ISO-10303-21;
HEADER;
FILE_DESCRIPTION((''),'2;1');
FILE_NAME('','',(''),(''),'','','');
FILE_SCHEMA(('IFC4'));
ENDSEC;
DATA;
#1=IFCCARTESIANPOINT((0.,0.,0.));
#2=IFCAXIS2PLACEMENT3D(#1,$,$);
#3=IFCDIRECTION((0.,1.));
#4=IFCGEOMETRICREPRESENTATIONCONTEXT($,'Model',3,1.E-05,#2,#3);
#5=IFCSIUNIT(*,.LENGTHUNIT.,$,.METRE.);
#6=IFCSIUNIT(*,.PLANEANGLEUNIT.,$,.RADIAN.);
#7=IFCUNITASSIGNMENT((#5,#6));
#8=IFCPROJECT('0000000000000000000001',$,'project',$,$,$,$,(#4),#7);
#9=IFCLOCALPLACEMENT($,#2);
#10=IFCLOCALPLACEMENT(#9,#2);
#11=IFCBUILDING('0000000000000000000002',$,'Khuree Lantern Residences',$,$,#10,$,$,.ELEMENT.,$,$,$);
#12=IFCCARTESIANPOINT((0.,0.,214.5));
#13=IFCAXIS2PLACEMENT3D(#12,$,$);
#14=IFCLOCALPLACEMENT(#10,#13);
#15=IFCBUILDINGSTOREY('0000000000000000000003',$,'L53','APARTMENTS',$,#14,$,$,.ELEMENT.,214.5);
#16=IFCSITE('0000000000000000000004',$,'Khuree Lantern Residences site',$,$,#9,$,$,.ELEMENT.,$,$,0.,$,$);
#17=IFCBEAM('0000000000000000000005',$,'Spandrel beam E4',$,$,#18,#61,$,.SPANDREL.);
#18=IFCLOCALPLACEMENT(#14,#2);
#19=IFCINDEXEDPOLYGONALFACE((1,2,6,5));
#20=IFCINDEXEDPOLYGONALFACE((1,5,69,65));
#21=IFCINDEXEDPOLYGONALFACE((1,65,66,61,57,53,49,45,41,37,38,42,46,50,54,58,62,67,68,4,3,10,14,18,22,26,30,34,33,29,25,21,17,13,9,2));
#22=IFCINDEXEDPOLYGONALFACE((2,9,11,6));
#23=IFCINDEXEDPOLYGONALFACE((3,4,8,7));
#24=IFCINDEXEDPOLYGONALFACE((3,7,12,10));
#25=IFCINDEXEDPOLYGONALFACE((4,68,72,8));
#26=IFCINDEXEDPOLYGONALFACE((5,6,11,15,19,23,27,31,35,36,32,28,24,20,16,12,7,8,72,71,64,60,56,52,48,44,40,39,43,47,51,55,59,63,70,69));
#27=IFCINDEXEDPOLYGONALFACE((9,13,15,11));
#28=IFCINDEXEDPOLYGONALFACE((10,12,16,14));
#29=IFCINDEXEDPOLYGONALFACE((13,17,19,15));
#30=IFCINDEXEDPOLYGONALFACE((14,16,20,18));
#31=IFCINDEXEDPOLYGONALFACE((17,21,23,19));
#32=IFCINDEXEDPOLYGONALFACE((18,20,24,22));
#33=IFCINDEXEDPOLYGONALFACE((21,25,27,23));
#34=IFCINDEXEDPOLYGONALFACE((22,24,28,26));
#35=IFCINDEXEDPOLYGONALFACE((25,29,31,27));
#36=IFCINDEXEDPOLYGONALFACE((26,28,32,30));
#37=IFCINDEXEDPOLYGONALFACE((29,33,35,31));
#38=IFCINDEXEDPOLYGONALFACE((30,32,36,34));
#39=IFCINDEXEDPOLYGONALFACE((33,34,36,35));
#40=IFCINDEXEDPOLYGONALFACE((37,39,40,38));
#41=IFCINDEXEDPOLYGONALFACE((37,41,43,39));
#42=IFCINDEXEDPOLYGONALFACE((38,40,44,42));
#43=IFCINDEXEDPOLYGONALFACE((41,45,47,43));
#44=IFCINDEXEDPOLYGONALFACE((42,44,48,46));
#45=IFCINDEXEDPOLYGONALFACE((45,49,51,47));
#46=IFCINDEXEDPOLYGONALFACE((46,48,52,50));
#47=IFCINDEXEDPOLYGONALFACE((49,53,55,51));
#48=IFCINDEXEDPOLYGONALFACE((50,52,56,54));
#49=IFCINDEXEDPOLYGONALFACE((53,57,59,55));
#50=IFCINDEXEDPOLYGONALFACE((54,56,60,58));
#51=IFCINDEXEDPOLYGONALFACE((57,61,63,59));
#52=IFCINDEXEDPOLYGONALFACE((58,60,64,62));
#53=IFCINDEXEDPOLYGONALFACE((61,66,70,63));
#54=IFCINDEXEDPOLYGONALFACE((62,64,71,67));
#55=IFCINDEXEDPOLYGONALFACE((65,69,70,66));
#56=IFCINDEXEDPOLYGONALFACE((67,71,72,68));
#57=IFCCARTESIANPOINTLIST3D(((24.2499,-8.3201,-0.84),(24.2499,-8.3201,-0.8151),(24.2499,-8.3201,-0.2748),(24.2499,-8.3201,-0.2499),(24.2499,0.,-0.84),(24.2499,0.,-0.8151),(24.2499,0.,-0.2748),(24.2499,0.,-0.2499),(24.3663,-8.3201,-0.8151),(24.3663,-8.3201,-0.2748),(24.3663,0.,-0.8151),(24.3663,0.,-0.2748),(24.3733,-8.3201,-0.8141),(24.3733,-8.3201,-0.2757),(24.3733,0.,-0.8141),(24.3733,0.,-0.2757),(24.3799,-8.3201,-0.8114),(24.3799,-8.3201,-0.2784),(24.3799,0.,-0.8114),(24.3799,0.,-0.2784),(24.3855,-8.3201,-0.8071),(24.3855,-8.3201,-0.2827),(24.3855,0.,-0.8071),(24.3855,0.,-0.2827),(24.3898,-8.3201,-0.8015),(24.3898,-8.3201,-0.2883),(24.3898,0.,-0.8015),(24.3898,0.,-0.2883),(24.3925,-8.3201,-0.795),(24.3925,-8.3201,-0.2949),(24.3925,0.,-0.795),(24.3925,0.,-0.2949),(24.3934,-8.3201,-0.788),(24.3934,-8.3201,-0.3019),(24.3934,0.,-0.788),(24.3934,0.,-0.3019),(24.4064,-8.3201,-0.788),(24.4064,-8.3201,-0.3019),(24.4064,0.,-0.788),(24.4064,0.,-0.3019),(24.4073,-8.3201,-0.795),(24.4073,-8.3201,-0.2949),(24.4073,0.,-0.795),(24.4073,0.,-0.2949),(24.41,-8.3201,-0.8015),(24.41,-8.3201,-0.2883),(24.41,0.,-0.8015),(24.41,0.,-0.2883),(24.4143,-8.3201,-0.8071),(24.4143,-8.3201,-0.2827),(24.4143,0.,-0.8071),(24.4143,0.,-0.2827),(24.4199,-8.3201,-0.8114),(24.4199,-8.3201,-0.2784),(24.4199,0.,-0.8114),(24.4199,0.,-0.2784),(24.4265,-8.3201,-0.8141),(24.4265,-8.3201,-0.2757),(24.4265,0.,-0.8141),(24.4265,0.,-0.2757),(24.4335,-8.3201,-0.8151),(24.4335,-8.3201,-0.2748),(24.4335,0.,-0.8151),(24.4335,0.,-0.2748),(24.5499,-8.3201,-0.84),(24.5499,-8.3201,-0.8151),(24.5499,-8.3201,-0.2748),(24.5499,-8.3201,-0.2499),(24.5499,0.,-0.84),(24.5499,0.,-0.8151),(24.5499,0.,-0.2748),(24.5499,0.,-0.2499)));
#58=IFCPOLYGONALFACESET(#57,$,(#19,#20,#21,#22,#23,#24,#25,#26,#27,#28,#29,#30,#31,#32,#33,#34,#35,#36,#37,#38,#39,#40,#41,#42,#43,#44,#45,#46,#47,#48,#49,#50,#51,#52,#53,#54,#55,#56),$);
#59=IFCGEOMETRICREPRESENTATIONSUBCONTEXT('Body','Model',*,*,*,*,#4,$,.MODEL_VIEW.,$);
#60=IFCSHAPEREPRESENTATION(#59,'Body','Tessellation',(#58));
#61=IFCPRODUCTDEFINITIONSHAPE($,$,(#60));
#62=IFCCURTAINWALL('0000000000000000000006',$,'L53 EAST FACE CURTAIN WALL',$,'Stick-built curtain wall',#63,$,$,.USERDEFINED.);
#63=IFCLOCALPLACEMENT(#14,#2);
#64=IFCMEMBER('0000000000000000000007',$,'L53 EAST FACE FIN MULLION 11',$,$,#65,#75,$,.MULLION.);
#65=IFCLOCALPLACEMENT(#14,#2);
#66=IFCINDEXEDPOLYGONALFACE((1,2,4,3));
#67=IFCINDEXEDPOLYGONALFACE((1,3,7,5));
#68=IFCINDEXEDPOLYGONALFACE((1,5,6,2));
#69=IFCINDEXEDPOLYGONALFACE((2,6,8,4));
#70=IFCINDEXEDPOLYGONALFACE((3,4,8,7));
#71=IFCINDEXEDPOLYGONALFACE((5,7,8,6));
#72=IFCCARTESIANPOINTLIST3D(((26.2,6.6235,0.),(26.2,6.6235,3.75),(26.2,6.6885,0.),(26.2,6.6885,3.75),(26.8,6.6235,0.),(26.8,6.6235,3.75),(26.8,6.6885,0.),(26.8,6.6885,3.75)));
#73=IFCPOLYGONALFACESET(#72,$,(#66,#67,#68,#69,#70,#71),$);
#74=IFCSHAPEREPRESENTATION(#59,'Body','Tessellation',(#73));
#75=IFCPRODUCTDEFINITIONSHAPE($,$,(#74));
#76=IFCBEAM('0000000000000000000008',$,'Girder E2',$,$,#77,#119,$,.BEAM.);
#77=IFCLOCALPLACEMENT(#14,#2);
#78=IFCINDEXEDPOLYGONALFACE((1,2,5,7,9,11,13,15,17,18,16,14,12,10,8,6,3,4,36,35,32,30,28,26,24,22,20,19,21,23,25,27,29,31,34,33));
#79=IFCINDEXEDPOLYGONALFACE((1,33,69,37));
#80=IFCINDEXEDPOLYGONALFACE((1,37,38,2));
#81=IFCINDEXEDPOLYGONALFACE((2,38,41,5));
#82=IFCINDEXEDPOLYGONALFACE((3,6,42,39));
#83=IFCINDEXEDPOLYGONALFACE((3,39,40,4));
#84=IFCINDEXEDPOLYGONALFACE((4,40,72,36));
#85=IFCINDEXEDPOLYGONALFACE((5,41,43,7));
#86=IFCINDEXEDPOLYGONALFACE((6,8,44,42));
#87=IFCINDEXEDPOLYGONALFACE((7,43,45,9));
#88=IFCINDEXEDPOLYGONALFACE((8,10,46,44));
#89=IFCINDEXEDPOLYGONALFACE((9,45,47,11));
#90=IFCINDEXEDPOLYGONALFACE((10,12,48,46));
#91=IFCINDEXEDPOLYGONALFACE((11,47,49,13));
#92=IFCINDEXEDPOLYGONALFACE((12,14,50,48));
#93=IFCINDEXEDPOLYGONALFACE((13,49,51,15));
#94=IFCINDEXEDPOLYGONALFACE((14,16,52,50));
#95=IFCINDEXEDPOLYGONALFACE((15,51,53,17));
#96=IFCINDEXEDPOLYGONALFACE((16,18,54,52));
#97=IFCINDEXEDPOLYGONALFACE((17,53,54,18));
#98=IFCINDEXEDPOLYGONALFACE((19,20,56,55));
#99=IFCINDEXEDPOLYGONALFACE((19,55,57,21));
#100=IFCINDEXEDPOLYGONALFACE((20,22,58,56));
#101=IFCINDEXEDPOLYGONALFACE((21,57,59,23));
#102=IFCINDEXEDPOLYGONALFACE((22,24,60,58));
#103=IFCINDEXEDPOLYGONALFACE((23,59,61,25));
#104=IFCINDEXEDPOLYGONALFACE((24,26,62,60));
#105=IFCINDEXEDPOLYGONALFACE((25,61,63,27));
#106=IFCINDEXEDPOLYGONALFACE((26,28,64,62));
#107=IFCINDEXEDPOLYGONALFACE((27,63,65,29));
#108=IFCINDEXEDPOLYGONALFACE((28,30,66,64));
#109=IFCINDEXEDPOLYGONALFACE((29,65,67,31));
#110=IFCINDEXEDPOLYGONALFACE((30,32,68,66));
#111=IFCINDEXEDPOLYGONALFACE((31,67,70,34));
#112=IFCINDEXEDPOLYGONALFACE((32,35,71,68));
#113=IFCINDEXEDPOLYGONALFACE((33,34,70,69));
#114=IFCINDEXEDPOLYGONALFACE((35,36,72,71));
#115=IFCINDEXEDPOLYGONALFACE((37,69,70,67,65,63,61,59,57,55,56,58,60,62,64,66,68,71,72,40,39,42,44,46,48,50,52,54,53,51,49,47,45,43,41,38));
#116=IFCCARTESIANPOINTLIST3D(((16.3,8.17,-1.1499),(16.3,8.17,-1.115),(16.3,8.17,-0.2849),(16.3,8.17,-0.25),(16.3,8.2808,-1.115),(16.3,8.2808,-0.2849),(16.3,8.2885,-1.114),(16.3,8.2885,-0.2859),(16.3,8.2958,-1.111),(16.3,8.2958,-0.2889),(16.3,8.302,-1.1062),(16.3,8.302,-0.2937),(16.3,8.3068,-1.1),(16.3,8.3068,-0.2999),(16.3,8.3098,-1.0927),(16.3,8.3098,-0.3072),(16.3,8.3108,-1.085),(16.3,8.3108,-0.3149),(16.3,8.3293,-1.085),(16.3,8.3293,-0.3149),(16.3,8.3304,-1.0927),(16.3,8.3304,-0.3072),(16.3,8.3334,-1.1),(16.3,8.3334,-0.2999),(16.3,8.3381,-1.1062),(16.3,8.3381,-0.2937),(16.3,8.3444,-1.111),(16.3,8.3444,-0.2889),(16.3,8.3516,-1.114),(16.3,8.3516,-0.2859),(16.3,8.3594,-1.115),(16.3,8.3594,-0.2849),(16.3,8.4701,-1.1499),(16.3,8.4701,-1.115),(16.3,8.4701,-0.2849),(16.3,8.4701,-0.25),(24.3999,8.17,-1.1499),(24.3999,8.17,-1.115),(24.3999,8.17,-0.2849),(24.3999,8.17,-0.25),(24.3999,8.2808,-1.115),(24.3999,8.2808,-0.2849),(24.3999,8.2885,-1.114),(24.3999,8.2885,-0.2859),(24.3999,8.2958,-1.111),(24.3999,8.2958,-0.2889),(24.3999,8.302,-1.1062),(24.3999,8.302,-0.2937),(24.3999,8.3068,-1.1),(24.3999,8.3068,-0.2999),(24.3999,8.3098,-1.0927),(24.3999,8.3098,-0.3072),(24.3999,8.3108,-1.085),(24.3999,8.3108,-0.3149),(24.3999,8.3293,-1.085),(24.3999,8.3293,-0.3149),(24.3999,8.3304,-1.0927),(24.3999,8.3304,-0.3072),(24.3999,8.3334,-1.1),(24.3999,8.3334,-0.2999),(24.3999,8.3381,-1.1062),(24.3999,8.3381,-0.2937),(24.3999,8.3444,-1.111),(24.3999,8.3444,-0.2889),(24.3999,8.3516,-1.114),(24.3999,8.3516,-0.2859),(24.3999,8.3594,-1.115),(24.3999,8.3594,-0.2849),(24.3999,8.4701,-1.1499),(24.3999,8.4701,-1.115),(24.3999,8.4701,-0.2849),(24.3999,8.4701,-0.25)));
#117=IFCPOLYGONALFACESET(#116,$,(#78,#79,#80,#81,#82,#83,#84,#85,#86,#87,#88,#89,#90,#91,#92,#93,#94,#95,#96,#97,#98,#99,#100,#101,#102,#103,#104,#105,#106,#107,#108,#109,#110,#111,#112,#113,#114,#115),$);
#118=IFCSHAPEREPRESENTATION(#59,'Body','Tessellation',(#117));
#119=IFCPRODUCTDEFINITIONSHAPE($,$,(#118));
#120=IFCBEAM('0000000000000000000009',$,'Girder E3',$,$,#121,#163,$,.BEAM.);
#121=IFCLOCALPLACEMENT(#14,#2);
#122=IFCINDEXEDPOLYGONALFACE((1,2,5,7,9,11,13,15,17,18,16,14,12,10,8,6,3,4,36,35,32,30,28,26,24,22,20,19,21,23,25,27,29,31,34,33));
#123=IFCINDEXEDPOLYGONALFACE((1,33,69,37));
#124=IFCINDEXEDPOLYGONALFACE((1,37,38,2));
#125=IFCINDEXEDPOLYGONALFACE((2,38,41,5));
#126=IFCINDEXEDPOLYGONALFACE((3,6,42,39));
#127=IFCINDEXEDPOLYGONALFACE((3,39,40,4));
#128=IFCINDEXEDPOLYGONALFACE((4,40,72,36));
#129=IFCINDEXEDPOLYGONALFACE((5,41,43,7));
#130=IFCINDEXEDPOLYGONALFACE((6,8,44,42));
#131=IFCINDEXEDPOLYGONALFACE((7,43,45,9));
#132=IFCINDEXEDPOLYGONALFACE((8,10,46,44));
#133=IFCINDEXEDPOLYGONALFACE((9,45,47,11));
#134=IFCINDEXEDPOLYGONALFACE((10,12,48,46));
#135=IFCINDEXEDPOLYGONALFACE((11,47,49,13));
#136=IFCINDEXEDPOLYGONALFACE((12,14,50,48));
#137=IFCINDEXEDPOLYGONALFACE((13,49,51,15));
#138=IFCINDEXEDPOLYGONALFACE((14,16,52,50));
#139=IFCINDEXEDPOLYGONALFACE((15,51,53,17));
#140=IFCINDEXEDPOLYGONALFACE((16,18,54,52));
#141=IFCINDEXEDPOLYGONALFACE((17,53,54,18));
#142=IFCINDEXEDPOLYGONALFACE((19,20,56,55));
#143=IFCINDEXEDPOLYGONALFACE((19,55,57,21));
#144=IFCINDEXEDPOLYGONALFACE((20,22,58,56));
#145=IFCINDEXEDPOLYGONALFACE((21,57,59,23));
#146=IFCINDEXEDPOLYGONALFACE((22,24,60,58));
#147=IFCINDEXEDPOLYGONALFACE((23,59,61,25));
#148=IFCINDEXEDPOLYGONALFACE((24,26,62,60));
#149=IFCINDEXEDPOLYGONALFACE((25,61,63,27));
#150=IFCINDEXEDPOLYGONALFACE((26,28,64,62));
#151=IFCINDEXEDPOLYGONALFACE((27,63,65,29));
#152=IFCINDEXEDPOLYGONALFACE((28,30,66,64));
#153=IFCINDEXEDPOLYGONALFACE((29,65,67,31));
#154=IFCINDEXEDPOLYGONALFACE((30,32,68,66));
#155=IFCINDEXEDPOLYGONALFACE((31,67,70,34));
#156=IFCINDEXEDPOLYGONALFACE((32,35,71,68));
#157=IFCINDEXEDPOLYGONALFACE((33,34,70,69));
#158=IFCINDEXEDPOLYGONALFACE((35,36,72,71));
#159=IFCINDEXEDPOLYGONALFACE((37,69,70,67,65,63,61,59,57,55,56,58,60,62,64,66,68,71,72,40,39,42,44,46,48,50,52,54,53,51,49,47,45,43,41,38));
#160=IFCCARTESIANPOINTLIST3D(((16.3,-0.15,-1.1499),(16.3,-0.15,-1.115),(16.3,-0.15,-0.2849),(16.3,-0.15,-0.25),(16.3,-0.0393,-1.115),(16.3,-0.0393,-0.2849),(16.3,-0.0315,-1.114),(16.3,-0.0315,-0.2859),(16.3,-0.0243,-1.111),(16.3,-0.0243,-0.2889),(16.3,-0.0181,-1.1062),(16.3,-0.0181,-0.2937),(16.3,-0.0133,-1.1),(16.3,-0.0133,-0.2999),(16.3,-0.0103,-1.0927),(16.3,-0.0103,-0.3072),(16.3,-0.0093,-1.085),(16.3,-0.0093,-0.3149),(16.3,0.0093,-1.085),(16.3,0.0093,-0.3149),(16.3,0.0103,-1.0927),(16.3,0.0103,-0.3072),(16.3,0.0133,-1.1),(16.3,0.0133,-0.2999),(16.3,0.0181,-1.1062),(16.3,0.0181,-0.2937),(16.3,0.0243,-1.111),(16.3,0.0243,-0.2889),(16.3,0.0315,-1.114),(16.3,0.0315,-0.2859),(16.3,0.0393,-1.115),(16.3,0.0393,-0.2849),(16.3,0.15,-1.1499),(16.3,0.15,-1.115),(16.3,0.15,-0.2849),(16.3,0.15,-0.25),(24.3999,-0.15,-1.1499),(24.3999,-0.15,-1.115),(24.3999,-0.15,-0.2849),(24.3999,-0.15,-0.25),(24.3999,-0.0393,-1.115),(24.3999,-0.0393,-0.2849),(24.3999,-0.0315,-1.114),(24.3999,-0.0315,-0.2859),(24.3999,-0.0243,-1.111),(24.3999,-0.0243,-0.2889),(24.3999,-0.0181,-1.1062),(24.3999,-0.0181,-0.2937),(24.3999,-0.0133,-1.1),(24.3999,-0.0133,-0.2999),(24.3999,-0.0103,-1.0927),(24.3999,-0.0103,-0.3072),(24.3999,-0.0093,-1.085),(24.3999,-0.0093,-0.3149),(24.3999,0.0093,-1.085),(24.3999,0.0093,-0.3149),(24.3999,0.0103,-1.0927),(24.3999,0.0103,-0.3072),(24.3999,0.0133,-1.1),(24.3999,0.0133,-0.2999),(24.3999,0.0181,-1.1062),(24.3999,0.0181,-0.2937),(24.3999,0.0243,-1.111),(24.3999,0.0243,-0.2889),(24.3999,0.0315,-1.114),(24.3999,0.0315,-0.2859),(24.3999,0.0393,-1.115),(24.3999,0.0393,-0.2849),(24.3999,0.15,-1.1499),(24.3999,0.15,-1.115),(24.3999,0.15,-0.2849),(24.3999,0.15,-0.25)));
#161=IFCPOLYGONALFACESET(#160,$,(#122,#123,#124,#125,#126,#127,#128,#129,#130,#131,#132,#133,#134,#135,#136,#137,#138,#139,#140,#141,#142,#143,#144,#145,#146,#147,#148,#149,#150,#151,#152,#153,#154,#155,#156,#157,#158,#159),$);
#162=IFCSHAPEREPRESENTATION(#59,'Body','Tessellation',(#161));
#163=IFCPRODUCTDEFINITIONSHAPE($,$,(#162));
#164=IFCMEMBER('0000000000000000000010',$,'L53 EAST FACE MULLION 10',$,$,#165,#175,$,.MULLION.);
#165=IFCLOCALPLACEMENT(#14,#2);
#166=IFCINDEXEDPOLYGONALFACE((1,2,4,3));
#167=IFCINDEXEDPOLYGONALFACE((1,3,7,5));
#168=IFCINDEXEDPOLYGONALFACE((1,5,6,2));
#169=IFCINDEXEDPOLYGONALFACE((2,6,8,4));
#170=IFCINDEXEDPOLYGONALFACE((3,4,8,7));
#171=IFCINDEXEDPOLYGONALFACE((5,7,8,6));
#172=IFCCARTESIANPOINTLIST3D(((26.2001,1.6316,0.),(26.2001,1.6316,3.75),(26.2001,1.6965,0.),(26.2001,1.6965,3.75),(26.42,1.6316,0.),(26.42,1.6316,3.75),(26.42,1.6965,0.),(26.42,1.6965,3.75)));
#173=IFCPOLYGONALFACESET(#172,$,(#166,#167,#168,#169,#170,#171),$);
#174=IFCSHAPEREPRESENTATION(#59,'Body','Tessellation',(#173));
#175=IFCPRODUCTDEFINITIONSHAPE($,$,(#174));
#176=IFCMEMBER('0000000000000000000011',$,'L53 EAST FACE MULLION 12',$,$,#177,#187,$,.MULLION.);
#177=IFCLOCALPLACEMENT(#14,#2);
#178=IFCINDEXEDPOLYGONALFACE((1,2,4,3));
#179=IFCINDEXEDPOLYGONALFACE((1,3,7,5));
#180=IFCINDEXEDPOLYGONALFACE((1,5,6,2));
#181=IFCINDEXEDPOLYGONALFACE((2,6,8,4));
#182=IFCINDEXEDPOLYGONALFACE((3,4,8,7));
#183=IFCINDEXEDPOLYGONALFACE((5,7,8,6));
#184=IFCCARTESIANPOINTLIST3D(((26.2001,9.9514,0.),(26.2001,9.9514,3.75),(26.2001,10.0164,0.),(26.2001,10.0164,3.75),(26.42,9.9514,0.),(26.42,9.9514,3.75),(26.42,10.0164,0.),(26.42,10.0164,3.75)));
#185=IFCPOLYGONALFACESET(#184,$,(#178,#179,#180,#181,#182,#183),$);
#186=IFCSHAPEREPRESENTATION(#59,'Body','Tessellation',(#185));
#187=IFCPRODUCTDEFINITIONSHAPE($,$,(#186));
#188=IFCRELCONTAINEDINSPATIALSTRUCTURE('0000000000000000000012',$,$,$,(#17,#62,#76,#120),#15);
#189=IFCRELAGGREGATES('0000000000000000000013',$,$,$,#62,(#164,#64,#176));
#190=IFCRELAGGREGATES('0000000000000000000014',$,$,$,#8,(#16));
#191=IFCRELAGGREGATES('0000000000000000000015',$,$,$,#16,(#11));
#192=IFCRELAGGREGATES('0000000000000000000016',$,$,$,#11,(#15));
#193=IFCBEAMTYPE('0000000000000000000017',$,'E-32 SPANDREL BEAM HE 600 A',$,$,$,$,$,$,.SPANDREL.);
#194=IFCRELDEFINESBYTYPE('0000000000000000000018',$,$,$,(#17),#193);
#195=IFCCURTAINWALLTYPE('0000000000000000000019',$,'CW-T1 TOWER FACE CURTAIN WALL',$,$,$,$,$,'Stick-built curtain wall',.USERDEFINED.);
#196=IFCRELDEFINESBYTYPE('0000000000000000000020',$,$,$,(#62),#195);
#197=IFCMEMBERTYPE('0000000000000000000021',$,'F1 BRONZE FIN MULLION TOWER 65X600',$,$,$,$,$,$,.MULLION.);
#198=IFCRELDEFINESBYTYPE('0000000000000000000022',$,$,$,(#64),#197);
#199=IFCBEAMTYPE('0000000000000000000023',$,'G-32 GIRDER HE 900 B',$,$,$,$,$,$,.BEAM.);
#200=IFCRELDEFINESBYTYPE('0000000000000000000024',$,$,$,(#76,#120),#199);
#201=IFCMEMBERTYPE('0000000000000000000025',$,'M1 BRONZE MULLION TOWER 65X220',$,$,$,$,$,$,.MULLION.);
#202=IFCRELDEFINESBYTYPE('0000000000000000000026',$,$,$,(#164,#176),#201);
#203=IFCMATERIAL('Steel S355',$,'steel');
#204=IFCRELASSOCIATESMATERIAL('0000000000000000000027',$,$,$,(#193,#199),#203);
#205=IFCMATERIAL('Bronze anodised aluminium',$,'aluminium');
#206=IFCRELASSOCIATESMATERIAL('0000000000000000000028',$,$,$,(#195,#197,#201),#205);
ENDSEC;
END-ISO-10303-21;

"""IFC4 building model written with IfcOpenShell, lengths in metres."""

from ifc_helpers import new_model, si_unit, direction, frame, origin, origin_2d, place, context, subcontext, project, spatial, rectangle, i_section, extrude, material, material_profile, profile_set, type_object, element, aggregate, save


model = new_model("IFC4")

# Units and contexts
model_context = context("Model", 3, precision=1e-05, world=origin(), true_north=direction((0.0, 1.0)))
body_context = subcontext(model_context, "Body", "Model", "MODEL_VIEW")
ifc_project = project(units=[si_unit("LENGTHUNIT", "METRE"), si_unit("PLANEANGLEUNIT", "RADIAN")], contexts=[model_context])

# Site, building, storey
site_placement = place(None, origin())
site = spatial("IfcSite", under=ifc_project, at=site_placement, Name="Khuree Lantern Residences site", CompositionType="ELEMENT", RefElevation=0.0)
building_placement = place(site_placement, origin())
building = spatial("IfcBuilding", under=site, at=building_placement, Name="Khuree Lantern Residences", CompositionType="ELEMENT")
storey_placement = place(building_placement, frame((0.0, 0.0, 214.5)))
storey = spatial("IfcBuildingStorey", under=building, at=storey_placement, Name="L53", Description="APARTMENTS", CompositionType="ELEMENT", Elevation=214.5)

# Beam
ifc_material_1 = material(Name="Steel S355", Category="steel")
ifc_material_profile_1 = material_profile(ifc_material_1, i_section(OverallWidth=0.3, OverallDepth=0.5901, WebThickness=0.0129, FlangeThickness=0.0249, FilletRadius=0.0271, at=origin_2d()), Name="HE 600 A")
ifc_profile_set_1 = profile_set([ifc_material_profile_1], Name="Steel S355")
beam_type_1 = type_object("IfcBeamType", Name="E-32 SPANDREL BEAM HE 600 A", PredefinedType="SPANDREL", material=ifc_profile_set_1)
for number, where, z_axis, x_axis, name in (
    (1, (24.3999, 0.0, -0.5449), (0.0, -1.0, 0.0), (1.0, 0.0, 0.0), "Spandrel beam E4"),
):
    element("IfcBeam", number, at=place(storey_placement, frame(where, z_axis=z_axis, x_axis=x_axis)), inside=storey, type_object=beam_type_1, Name=name, PredefinedType="SPANDREL", context=body_context, shape_type="SweptSolid", body=[
        extrude(i_section(OverallWidth=0.3, OverallDepth=0.5901, WebThickness=0.0129, FlangeThickness=0.0249, FilletRadius=0.0271, at=origin_2d()), origin(), (0.0, 0.0, 1.0), 8.3201),
    ])

# Curtain wall, member
ifc_material_2 = material(Name="Bronze anodised aluminium", Category="aluminium")
curtain_wall_type = type_object("IfcCurtainWallType", Name="CW-T1 TOWER FACE CURTAIN WALL", ElementType="Stick-built curtain wall", PredefinedType="USERDEFINED", material=ifc_material_2)
curtain_wall_placement = place(storey_placement, origin())
curtain_wall = element("IfcCurtainWall", 2, at=curtain_wall_placement, inside=storey, type_object=curtain_wall_type, Name="L53 EAST FACE CURTAIN WALL", ObjectType="Stick-built curtain wall", PredefinedType="USERDEFINED")
ifc_material_profile_2 = material_profile(ifc_material_2, rectangle(XDim=0.0649, YDim=0.6001, at=origin_2d()), Name="F1 65X600")
ifc_profile_set_2 = profile_set([ifc_material_profile_2], Name="Bronze anodised aluminium")
member_type_1 = type_object("IfcMemberType", Name="F1 BRONZE FIN MULLION TOWER 65X600", PredefinedType="MULLION", material=ifc_profile_set_2)
member_1_placement = place(storey_placement, frame((26.5, 6.656, 0.0), z_axis=(0.0, 0.0, 1.0), x_axis=(0.0, 1.0, 0.0)))
member_1 = element("IfcMember", 3, at=member_1_placement, type_object=member_type_1, Name="L53 EAST FACE FIN MULLION 11", PredefinedType="MULLION", context=body_context, shape_type="SweptSolid", body=[
    extrude(rectangle(XDim=0.0649, YDim=0.6001, at=origin_2d()), origin(), (0.0, 0.0, 1.0), 3.75),
])

# Beams
ifc_material_profile_3 = material_profile(ifc_material_1, i_section(OverallWidth=0.3, OverallDepth=0.8999, WebThickness=0.0186, FlangeThickness=0.0349, FilletRadius=0.03, at=origin_2d()), Name="HE 900 B")
ifc_profile_set_3 = profile_set([ifc_material_profile_3], Name="Steel S355")
beam_type_2 = type_object("IfcBeamType", Name="G-32 GIRDER HE 900 B", PredefinedType="BEAM", material=ifc_profile_set_3)
for number, where, z_axis, x_axis, name in (
    (4, (24.3999, 8.3201, -0.7), (-1.0, 0.0, 0.0), (0.0, -1.0, 0.0), "Girder E2"),
    (5, (24.3999, 0.0, -0.7), (-1.0, 0.0, 0.0), (0.0, -1.0, 0.0), "Girder E3"),
):
    element("IfcBeam", number, at=place(storey_placement, frame(where, z_axis=z_axis, x_axis=x_axis)), inside=storey, type_object=beam_type_2, Name=name, PredefinedType="BEAM", context=body_context, shape_type="SweptSolid", body=[
        extrude(i_section(OverallWidth=0.3, OverallDepth=0.8999, WebThickness=0.0186, FlangeThickness=0.0349, FilletRadius=0.03, at=origin_2d()), origin(), (0.0, 0.0, 1.0), 8.0999),
    ])

# Members
ifc_material_profile_4 = material_profile(ifc_material_2, rectangle(XDim=0.0649, YDim=0.22, at=origin_2d()), Name="M1 65X220")
ifc_profile_set_4 = profile_set([ifc_material_profile_4], Name="Bronze anodised aluminium")
member_type_2 = type_object("IfcMemberType", Name="M1 BRONZE MULLION TOWER 65X220", PredefinedType="MULLION", material=ifc_profile_set_4)
member_2_placement = place(storey_placement, frame((26.3101, 1.6641, 0.0), z_axis=(0.0, 0.0, 1.0), x_axis=(0.0, 1.0, 0.0)))
member_2 = element("IfcMember", 6, at=member_2_placement, type_object=member_type_2, Name="L53 EAST FACE MULLION 10", PredefinedType="MULLION", context=body_context, shape_type="SweptSolid", body=[
    extrude(rectangle(XDim=0.0649, YDim=0.22, at=origin_2d()), origin(), (0.0, 0.0, 1.0), 3.75),
])
member_3_placement = place(storey_placement, frame((26.3101, 9.9839, 0.0), z_axis=(0.0, 0.0, 1.0), x_axis=(0.0, 1.0, 0.0)))
member_3 = element("IfcMember", 7, at=member_3_placement, type_object=member_type_2, Name="L53 EAST FACE MULLION 12", PredefinedType="MULLION", context=body_context, shape_type="SweptSolid", body=[
    extrude(rectangle(XDim=0.0649, YDim=0.22, at=origin_2d()), origin(), (0.0, 0.0, 1.0), 3.75),
])

aggregate(curtain_wall, [member_2, member_1, member_3])

save(model, "model.ifc")
